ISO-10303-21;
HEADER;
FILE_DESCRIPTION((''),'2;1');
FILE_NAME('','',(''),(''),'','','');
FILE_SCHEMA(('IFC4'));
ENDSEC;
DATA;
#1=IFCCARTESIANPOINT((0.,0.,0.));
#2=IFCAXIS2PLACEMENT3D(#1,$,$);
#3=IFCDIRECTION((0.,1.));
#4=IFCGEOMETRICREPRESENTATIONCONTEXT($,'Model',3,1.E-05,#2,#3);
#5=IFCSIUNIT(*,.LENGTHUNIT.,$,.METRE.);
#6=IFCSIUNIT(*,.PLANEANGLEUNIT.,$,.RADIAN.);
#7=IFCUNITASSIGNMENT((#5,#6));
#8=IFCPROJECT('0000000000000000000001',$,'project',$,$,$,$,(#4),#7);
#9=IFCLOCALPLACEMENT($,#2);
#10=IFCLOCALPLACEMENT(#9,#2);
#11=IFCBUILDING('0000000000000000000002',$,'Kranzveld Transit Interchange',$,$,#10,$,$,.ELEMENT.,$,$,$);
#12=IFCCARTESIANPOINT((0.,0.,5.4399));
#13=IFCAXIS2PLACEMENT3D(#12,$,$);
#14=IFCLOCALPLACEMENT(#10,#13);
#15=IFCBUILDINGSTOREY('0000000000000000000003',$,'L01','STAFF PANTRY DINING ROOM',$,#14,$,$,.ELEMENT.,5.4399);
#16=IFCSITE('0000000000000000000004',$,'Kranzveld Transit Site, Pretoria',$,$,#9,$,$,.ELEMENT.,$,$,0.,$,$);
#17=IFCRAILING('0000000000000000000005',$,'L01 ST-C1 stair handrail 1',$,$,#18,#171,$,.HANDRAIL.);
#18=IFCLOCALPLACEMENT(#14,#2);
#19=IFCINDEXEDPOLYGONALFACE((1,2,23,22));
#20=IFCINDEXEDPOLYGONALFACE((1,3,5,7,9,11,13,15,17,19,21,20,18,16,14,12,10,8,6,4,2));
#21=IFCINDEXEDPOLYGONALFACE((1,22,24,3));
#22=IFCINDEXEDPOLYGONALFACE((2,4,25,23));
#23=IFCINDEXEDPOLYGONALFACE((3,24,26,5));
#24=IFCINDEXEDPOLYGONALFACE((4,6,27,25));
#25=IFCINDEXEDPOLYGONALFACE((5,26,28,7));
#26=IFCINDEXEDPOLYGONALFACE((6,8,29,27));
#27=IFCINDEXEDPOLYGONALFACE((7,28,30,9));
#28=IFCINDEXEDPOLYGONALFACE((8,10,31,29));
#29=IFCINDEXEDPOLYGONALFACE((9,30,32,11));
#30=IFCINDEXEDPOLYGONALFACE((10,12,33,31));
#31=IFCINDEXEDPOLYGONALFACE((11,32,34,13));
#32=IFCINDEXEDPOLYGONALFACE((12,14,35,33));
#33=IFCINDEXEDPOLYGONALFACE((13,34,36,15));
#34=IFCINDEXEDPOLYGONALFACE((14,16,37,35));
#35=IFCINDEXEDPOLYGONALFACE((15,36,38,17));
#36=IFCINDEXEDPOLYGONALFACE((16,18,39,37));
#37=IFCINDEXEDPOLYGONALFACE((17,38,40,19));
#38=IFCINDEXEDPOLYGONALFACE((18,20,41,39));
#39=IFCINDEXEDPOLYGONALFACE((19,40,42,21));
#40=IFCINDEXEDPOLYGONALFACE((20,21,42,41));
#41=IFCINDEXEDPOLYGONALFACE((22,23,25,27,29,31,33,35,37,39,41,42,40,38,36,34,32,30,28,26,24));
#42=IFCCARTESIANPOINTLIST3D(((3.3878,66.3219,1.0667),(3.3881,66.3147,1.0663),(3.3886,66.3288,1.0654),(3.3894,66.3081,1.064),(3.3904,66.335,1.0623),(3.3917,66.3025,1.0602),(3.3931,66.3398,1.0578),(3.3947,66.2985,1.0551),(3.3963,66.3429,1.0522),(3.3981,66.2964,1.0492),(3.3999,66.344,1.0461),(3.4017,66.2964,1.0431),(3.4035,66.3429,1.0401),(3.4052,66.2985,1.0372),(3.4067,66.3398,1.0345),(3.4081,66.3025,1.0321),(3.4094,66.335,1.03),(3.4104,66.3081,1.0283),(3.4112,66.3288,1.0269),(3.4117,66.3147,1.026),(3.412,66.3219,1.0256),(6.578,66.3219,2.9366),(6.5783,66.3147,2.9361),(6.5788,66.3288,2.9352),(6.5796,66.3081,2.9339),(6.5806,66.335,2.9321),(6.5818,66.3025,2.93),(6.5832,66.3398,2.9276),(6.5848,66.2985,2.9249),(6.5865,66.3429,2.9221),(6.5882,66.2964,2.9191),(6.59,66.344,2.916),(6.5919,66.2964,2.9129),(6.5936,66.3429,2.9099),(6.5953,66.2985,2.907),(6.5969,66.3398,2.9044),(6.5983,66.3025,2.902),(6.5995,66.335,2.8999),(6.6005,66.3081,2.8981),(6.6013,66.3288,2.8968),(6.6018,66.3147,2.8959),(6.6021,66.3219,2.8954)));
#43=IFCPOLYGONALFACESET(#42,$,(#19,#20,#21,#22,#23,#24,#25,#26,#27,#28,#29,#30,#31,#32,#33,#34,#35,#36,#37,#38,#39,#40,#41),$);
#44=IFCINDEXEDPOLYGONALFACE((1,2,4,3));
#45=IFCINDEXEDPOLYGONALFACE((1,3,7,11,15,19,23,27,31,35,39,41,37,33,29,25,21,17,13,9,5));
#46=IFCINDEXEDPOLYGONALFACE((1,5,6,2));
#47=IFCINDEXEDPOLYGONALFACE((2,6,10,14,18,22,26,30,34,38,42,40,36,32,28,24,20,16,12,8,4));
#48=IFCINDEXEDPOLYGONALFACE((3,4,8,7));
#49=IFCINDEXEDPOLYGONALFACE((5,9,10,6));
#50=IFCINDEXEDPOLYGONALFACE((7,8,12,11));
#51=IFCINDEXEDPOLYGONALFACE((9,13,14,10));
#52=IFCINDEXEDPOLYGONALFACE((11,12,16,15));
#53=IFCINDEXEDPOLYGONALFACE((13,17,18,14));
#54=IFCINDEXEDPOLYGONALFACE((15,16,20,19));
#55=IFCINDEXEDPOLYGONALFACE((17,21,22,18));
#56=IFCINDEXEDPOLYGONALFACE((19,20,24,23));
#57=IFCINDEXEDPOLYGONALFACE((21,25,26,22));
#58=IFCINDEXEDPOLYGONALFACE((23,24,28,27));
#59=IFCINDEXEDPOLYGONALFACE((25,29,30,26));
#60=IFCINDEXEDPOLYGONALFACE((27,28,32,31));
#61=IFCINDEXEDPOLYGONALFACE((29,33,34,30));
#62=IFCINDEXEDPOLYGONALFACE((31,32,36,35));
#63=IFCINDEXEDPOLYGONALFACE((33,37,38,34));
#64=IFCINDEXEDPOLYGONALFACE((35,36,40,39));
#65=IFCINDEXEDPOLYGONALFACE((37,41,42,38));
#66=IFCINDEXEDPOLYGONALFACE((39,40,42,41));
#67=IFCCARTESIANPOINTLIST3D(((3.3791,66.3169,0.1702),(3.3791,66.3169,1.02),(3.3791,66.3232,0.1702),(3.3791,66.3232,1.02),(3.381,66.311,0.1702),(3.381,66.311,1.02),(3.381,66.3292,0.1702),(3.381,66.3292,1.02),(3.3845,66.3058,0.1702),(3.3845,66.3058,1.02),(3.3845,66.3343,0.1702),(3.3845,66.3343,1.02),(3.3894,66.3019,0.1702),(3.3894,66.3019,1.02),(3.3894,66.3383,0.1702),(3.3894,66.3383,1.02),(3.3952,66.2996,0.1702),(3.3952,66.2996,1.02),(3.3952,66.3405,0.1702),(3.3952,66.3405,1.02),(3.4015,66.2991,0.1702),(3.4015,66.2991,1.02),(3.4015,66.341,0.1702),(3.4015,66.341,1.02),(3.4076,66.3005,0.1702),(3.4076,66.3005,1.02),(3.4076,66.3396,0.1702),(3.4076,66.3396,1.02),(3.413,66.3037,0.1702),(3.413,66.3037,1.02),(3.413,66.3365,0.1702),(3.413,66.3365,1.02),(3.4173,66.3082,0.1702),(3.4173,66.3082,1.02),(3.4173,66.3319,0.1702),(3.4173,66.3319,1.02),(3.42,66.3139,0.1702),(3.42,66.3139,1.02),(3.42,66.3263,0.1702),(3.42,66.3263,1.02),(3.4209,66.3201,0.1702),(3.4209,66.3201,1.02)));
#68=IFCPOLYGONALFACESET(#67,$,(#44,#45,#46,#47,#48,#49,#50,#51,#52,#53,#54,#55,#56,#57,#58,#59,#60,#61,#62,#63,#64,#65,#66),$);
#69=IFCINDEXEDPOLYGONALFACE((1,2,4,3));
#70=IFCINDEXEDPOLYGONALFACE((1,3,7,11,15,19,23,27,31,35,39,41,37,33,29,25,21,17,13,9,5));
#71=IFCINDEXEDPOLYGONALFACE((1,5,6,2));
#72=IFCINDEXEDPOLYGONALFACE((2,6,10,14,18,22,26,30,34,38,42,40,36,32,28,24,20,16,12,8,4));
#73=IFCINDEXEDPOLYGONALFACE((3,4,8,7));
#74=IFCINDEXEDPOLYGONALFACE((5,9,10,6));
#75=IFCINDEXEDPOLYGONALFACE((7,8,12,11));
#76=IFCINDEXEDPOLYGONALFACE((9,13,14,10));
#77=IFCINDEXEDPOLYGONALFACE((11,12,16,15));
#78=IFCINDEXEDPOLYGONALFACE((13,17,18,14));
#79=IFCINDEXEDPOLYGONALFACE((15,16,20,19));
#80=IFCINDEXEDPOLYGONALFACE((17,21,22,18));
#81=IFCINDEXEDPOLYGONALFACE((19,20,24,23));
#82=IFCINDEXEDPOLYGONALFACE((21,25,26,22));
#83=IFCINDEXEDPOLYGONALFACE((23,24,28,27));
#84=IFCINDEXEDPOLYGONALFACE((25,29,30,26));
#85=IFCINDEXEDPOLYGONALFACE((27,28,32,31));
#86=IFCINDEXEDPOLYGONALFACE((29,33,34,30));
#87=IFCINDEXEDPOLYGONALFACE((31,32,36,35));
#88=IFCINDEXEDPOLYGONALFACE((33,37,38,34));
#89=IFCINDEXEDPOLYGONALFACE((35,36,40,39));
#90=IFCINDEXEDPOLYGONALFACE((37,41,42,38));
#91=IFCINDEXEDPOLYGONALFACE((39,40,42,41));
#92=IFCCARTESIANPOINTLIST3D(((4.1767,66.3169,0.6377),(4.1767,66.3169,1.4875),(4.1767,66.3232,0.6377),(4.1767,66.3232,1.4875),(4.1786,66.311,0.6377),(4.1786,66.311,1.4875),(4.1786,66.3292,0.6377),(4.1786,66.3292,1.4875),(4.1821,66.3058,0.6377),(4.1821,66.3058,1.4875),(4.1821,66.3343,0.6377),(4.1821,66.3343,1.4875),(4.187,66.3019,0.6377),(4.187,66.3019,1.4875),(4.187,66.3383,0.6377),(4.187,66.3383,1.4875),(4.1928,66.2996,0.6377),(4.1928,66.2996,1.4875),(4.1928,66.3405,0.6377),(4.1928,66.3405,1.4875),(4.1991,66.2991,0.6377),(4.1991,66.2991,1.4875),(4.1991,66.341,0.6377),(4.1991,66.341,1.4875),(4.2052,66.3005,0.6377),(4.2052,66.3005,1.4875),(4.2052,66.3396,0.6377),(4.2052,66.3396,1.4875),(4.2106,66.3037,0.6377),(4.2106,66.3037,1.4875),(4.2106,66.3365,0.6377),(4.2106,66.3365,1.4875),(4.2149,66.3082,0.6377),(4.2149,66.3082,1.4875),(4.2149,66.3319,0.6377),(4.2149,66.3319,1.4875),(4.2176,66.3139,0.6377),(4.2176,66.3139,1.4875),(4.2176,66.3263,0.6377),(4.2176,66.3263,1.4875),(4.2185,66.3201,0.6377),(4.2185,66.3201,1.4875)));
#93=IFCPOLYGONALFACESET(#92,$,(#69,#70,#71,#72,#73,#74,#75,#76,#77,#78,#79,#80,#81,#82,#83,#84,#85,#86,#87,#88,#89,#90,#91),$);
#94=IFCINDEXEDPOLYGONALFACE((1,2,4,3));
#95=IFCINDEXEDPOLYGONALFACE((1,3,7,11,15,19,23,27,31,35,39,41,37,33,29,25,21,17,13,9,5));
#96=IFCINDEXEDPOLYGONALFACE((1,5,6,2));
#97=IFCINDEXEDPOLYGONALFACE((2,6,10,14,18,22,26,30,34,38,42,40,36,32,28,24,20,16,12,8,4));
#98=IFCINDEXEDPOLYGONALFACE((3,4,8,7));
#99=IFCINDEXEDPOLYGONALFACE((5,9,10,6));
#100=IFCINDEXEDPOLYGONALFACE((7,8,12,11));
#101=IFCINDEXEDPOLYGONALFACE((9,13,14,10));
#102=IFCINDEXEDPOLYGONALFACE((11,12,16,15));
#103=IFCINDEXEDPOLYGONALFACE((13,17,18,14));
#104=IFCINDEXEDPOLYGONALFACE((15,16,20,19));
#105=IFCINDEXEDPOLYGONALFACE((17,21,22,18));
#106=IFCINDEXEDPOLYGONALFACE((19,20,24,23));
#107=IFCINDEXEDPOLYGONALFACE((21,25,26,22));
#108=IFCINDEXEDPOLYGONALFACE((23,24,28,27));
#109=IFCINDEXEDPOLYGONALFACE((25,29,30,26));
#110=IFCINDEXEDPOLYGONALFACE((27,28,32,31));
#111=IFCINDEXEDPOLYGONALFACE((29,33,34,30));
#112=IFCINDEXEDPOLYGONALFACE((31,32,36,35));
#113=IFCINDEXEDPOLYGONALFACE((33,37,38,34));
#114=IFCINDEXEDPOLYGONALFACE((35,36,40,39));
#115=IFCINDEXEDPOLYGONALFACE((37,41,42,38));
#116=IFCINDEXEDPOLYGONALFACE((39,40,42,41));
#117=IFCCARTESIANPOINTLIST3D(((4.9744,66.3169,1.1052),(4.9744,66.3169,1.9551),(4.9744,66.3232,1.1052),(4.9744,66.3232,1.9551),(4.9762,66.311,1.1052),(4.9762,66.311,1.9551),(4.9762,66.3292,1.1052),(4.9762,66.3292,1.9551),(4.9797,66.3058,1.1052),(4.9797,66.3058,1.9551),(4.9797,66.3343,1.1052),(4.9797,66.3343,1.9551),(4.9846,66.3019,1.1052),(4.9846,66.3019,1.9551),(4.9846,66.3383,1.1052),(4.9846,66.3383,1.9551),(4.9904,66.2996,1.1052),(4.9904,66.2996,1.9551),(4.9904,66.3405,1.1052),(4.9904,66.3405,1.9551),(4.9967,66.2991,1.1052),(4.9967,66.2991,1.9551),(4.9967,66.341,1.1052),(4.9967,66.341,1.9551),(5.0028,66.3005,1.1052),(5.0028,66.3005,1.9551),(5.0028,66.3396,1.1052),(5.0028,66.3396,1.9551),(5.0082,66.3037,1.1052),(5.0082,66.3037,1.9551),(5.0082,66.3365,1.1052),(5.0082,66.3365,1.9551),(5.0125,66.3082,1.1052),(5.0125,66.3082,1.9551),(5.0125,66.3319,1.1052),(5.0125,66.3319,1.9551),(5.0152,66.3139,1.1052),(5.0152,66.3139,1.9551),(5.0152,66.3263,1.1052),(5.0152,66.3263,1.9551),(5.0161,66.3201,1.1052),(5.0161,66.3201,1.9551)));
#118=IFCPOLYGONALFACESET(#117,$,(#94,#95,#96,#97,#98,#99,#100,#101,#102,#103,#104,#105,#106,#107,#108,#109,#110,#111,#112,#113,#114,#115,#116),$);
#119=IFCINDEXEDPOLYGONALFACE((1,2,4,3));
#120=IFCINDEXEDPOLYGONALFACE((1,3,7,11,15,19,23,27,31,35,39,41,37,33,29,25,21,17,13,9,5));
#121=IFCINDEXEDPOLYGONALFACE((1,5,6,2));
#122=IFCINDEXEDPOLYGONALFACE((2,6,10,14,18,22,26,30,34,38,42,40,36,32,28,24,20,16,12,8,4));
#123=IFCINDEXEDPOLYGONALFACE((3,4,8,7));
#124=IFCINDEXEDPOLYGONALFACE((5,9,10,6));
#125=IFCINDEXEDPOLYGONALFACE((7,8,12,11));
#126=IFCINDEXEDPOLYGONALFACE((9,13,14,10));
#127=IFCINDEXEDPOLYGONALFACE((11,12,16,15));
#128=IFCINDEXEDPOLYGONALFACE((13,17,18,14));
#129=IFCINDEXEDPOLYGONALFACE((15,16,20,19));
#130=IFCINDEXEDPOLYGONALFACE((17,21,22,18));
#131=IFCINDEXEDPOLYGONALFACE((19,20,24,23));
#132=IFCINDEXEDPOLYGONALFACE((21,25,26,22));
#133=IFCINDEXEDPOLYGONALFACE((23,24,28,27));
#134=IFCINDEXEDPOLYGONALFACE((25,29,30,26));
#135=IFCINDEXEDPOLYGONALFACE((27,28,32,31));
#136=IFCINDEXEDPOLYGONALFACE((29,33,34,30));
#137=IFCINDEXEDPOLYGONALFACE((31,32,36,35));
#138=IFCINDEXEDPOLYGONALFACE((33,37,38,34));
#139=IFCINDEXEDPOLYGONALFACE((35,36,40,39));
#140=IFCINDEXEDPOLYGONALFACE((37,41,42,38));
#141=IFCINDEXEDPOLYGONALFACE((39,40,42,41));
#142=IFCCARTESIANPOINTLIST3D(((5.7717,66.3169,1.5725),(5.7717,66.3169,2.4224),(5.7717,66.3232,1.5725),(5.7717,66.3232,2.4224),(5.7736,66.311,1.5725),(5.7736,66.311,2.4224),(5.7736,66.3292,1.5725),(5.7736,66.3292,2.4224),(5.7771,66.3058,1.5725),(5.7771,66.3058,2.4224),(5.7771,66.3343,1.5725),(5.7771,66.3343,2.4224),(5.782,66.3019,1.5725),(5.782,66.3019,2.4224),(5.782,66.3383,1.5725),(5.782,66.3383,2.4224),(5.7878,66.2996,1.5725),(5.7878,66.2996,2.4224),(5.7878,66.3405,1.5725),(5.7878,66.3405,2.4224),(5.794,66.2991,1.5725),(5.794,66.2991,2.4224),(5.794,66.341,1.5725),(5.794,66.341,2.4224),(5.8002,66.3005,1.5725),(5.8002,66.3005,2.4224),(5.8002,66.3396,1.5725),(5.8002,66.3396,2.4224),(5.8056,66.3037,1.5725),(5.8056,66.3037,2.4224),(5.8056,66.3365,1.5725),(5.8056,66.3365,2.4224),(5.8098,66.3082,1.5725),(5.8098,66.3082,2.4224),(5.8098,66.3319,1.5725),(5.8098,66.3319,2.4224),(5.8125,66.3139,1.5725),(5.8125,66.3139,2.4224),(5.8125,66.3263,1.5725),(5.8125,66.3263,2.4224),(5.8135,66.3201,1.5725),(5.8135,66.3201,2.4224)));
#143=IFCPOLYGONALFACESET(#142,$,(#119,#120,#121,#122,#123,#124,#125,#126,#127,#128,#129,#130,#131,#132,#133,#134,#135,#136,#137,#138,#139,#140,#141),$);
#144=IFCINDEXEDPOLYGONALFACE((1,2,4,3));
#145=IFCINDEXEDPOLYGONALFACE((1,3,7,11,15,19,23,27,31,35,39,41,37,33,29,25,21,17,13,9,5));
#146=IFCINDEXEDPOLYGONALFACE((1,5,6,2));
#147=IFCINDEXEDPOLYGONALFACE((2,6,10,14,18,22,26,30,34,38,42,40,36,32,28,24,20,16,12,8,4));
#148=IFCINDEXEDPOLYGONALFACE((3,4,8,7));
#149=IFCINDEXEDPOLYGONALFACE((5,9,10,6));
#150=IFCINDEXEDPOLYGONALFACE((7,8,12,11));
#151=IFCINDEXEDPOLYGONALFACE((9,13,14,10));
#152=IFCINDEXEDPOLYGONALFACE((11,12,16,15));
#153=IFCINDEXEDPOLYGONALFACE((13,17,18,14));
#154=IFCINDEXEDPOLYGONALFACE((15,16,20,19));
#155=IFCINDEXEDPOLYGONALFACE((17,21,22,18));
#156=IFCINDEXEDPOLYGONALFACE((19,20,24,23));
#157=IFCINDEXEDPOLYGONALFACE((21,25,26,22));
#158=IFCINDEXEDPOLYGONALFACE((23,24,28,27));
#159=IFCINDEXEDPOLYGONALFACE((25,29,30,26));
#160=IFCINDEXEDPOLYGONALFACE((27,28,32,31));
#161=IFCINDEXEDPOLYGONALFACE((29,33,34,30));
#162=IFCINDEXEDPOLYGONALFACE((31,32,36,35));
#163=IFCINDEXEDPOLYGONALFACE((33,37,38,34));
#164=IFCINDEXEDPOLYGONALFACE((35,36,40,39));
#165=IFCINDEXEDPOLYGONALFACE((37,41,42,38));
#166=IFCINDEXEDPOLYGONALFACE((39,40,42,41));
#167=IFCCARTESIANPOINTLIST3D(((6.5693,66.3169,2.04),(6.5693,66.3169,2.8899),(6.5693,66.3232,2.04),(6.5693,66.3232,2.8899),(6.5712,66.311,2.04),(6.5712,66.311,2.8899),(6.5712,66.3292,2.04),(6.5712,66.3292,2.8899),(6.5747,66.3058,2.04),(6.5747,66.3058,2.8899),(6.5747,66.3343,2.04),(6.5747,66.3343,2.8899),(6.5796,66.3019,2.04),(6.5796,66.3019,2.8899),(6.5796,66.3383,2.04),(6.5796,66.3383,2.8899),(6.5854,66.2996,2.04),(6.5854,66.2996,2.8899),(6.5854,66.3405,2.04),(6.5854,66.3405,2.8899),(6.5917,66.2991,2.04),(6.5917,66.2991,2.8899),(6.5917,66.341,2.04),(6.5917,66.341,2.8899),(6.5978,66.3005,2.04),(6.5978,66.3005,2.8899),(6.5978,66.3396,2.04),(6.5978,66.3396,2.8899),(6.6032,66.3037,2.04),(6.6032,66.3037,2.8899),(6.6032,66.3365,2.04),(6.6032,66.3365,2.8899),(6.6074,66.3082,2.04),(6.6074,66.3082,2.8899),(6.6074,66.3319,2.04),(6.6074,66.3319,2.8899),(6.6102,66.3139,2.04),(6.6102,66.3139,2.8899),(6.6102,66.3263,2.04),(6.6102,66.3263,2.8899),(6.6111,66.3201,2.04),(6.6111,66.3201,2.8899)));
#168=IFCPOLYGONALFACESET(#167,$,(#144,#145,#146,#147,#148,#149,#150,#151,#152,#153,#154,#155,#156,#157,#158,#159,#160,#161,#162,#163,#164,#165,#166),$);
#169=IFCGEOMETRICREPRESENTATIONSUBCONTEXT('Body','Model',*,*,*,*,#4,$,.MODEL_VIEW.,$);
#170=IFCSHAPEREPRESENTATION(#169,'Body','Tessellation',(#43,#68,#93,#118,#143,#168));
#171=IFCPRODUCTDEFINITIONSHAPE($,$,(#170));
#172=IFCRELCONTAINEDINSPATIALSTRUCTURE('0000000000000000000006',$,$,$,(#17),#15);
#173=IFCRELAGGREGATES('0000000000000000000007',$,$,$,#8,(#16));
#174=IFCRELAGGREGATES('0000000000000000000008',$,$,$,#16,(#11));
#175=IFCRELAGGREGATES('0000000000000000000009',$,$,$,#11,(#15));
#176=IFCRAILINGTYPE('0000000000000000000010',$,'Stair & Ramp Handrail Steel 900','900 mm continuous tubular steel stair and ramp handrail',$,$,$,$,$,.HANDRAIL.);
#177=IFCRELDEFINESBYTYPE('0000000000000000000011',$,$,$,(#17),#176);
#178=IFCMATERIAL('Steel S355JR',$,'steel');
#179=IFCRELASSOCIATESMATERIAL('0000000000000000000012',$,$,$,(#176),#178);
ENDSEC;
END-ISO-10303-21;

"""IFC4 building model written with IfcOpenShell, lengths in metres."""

from ifc_helpers import new_model, si_unit, direction, frame, origin, origin_2d, place, context, subcontext, project, spatial, circle, extrude, material, type_object, element, save


model = new_model("IFC4")

# Units and contexts
model_context = context("Model", 3, precision=1e-05, world=origin(), true_north=direction((0.0, 1.0)))
body_context = subcontext(model_context, "Body", "Model", "MODEL_VIEW")
ifc_project = project(units=[si_unit("LENGTHUNIT", "METRE"), si_unit("PLANEANGLEUNIT", "RADIAN")], contexts=[model_context])

# Site, building, storey
site_placement = place(None, origin())
site = spatial("IfcSite", under=ifc_project, at=site_placement, Name="Kranzveld Transit Site, Pretoria", CompositionType="ELEMENT", RefElevation=0.0)
building_placement = place(site_placement, origin())
building = spatial("IfcBuilding", under=site, at=building_placement, Name="Kranzveld Transit Interchange", CompositionType="ELEMENT")
storey_placement = place(building_placement, frame((0.0, 0.0, 5.4399)))
storey = spatial("IfcBuildingStorey", under=building, at=storey_placement, Name="L01", Description="STAFF PANTRY DINING ROOM", CompositionType="ELEMENT", Elevation=5.4399)

# Railing
ifc_material_1 = material(Name="Steel S355JR", Category="steel")
railing_type_1 = type_object("IfcRailingType", Name="Stair & Ramp Handrail Steel 900", Description="900 mm continuous tubular steel stair and ramp handrail", PredefinedType="HANDRAIL", material=ifc_material_1)
railing_1_placement = place(storey_placement, frame((3.3999, 66.3201, 0.1702)))
element("IfcRailing", 1, at=railing_1_placement, inside=storey, type_object=railing_type_1, Name="L01 ST-C1 stair handrail 1", PredefinedType="HANDRAIL", context=body_context, shape_type="SweptSolid", body=[
    extrude(circle(Radius=0.0239, at=origin_2d()), frame((0.0, 0.0, 0.876), z_axis=(0.862726, 0.0, 0.505672), x_axis=(0.0, 1.0, 0.0)), (0.0, 0.0, 1.0), 3.6978),
    extrude(circle(Radius=0.021, at=origin_2d()), origin(), (0.0, 0.0, 1.0), 0.8499),
    extrude(circle(Radius=0.021, at=origin_2d()), frame((0.7976, 0.0, 0.4675)), (0.0, 0.0, 1.0), 0.8499),
    extrude(circle(Radius=0.021, at=origin_2d()), frame((1.5952, 0.0, 0.9351)), (0.0, 0.0, 1.0), 0.8499),
    extrude(circle(Radius=0.021, at=origin_2d()), frame((2.3926, 0.0, 1.4023)), (0.0, 0.0, 1.0), 0.8499),
    extrude(circle(Radius=0.021, at=origin_2d()), frame((3.1902, 0.0, 1.8699)), (0.0, 0.0, 1.0), 0.8499),
])

save(model, "model.ifc")
